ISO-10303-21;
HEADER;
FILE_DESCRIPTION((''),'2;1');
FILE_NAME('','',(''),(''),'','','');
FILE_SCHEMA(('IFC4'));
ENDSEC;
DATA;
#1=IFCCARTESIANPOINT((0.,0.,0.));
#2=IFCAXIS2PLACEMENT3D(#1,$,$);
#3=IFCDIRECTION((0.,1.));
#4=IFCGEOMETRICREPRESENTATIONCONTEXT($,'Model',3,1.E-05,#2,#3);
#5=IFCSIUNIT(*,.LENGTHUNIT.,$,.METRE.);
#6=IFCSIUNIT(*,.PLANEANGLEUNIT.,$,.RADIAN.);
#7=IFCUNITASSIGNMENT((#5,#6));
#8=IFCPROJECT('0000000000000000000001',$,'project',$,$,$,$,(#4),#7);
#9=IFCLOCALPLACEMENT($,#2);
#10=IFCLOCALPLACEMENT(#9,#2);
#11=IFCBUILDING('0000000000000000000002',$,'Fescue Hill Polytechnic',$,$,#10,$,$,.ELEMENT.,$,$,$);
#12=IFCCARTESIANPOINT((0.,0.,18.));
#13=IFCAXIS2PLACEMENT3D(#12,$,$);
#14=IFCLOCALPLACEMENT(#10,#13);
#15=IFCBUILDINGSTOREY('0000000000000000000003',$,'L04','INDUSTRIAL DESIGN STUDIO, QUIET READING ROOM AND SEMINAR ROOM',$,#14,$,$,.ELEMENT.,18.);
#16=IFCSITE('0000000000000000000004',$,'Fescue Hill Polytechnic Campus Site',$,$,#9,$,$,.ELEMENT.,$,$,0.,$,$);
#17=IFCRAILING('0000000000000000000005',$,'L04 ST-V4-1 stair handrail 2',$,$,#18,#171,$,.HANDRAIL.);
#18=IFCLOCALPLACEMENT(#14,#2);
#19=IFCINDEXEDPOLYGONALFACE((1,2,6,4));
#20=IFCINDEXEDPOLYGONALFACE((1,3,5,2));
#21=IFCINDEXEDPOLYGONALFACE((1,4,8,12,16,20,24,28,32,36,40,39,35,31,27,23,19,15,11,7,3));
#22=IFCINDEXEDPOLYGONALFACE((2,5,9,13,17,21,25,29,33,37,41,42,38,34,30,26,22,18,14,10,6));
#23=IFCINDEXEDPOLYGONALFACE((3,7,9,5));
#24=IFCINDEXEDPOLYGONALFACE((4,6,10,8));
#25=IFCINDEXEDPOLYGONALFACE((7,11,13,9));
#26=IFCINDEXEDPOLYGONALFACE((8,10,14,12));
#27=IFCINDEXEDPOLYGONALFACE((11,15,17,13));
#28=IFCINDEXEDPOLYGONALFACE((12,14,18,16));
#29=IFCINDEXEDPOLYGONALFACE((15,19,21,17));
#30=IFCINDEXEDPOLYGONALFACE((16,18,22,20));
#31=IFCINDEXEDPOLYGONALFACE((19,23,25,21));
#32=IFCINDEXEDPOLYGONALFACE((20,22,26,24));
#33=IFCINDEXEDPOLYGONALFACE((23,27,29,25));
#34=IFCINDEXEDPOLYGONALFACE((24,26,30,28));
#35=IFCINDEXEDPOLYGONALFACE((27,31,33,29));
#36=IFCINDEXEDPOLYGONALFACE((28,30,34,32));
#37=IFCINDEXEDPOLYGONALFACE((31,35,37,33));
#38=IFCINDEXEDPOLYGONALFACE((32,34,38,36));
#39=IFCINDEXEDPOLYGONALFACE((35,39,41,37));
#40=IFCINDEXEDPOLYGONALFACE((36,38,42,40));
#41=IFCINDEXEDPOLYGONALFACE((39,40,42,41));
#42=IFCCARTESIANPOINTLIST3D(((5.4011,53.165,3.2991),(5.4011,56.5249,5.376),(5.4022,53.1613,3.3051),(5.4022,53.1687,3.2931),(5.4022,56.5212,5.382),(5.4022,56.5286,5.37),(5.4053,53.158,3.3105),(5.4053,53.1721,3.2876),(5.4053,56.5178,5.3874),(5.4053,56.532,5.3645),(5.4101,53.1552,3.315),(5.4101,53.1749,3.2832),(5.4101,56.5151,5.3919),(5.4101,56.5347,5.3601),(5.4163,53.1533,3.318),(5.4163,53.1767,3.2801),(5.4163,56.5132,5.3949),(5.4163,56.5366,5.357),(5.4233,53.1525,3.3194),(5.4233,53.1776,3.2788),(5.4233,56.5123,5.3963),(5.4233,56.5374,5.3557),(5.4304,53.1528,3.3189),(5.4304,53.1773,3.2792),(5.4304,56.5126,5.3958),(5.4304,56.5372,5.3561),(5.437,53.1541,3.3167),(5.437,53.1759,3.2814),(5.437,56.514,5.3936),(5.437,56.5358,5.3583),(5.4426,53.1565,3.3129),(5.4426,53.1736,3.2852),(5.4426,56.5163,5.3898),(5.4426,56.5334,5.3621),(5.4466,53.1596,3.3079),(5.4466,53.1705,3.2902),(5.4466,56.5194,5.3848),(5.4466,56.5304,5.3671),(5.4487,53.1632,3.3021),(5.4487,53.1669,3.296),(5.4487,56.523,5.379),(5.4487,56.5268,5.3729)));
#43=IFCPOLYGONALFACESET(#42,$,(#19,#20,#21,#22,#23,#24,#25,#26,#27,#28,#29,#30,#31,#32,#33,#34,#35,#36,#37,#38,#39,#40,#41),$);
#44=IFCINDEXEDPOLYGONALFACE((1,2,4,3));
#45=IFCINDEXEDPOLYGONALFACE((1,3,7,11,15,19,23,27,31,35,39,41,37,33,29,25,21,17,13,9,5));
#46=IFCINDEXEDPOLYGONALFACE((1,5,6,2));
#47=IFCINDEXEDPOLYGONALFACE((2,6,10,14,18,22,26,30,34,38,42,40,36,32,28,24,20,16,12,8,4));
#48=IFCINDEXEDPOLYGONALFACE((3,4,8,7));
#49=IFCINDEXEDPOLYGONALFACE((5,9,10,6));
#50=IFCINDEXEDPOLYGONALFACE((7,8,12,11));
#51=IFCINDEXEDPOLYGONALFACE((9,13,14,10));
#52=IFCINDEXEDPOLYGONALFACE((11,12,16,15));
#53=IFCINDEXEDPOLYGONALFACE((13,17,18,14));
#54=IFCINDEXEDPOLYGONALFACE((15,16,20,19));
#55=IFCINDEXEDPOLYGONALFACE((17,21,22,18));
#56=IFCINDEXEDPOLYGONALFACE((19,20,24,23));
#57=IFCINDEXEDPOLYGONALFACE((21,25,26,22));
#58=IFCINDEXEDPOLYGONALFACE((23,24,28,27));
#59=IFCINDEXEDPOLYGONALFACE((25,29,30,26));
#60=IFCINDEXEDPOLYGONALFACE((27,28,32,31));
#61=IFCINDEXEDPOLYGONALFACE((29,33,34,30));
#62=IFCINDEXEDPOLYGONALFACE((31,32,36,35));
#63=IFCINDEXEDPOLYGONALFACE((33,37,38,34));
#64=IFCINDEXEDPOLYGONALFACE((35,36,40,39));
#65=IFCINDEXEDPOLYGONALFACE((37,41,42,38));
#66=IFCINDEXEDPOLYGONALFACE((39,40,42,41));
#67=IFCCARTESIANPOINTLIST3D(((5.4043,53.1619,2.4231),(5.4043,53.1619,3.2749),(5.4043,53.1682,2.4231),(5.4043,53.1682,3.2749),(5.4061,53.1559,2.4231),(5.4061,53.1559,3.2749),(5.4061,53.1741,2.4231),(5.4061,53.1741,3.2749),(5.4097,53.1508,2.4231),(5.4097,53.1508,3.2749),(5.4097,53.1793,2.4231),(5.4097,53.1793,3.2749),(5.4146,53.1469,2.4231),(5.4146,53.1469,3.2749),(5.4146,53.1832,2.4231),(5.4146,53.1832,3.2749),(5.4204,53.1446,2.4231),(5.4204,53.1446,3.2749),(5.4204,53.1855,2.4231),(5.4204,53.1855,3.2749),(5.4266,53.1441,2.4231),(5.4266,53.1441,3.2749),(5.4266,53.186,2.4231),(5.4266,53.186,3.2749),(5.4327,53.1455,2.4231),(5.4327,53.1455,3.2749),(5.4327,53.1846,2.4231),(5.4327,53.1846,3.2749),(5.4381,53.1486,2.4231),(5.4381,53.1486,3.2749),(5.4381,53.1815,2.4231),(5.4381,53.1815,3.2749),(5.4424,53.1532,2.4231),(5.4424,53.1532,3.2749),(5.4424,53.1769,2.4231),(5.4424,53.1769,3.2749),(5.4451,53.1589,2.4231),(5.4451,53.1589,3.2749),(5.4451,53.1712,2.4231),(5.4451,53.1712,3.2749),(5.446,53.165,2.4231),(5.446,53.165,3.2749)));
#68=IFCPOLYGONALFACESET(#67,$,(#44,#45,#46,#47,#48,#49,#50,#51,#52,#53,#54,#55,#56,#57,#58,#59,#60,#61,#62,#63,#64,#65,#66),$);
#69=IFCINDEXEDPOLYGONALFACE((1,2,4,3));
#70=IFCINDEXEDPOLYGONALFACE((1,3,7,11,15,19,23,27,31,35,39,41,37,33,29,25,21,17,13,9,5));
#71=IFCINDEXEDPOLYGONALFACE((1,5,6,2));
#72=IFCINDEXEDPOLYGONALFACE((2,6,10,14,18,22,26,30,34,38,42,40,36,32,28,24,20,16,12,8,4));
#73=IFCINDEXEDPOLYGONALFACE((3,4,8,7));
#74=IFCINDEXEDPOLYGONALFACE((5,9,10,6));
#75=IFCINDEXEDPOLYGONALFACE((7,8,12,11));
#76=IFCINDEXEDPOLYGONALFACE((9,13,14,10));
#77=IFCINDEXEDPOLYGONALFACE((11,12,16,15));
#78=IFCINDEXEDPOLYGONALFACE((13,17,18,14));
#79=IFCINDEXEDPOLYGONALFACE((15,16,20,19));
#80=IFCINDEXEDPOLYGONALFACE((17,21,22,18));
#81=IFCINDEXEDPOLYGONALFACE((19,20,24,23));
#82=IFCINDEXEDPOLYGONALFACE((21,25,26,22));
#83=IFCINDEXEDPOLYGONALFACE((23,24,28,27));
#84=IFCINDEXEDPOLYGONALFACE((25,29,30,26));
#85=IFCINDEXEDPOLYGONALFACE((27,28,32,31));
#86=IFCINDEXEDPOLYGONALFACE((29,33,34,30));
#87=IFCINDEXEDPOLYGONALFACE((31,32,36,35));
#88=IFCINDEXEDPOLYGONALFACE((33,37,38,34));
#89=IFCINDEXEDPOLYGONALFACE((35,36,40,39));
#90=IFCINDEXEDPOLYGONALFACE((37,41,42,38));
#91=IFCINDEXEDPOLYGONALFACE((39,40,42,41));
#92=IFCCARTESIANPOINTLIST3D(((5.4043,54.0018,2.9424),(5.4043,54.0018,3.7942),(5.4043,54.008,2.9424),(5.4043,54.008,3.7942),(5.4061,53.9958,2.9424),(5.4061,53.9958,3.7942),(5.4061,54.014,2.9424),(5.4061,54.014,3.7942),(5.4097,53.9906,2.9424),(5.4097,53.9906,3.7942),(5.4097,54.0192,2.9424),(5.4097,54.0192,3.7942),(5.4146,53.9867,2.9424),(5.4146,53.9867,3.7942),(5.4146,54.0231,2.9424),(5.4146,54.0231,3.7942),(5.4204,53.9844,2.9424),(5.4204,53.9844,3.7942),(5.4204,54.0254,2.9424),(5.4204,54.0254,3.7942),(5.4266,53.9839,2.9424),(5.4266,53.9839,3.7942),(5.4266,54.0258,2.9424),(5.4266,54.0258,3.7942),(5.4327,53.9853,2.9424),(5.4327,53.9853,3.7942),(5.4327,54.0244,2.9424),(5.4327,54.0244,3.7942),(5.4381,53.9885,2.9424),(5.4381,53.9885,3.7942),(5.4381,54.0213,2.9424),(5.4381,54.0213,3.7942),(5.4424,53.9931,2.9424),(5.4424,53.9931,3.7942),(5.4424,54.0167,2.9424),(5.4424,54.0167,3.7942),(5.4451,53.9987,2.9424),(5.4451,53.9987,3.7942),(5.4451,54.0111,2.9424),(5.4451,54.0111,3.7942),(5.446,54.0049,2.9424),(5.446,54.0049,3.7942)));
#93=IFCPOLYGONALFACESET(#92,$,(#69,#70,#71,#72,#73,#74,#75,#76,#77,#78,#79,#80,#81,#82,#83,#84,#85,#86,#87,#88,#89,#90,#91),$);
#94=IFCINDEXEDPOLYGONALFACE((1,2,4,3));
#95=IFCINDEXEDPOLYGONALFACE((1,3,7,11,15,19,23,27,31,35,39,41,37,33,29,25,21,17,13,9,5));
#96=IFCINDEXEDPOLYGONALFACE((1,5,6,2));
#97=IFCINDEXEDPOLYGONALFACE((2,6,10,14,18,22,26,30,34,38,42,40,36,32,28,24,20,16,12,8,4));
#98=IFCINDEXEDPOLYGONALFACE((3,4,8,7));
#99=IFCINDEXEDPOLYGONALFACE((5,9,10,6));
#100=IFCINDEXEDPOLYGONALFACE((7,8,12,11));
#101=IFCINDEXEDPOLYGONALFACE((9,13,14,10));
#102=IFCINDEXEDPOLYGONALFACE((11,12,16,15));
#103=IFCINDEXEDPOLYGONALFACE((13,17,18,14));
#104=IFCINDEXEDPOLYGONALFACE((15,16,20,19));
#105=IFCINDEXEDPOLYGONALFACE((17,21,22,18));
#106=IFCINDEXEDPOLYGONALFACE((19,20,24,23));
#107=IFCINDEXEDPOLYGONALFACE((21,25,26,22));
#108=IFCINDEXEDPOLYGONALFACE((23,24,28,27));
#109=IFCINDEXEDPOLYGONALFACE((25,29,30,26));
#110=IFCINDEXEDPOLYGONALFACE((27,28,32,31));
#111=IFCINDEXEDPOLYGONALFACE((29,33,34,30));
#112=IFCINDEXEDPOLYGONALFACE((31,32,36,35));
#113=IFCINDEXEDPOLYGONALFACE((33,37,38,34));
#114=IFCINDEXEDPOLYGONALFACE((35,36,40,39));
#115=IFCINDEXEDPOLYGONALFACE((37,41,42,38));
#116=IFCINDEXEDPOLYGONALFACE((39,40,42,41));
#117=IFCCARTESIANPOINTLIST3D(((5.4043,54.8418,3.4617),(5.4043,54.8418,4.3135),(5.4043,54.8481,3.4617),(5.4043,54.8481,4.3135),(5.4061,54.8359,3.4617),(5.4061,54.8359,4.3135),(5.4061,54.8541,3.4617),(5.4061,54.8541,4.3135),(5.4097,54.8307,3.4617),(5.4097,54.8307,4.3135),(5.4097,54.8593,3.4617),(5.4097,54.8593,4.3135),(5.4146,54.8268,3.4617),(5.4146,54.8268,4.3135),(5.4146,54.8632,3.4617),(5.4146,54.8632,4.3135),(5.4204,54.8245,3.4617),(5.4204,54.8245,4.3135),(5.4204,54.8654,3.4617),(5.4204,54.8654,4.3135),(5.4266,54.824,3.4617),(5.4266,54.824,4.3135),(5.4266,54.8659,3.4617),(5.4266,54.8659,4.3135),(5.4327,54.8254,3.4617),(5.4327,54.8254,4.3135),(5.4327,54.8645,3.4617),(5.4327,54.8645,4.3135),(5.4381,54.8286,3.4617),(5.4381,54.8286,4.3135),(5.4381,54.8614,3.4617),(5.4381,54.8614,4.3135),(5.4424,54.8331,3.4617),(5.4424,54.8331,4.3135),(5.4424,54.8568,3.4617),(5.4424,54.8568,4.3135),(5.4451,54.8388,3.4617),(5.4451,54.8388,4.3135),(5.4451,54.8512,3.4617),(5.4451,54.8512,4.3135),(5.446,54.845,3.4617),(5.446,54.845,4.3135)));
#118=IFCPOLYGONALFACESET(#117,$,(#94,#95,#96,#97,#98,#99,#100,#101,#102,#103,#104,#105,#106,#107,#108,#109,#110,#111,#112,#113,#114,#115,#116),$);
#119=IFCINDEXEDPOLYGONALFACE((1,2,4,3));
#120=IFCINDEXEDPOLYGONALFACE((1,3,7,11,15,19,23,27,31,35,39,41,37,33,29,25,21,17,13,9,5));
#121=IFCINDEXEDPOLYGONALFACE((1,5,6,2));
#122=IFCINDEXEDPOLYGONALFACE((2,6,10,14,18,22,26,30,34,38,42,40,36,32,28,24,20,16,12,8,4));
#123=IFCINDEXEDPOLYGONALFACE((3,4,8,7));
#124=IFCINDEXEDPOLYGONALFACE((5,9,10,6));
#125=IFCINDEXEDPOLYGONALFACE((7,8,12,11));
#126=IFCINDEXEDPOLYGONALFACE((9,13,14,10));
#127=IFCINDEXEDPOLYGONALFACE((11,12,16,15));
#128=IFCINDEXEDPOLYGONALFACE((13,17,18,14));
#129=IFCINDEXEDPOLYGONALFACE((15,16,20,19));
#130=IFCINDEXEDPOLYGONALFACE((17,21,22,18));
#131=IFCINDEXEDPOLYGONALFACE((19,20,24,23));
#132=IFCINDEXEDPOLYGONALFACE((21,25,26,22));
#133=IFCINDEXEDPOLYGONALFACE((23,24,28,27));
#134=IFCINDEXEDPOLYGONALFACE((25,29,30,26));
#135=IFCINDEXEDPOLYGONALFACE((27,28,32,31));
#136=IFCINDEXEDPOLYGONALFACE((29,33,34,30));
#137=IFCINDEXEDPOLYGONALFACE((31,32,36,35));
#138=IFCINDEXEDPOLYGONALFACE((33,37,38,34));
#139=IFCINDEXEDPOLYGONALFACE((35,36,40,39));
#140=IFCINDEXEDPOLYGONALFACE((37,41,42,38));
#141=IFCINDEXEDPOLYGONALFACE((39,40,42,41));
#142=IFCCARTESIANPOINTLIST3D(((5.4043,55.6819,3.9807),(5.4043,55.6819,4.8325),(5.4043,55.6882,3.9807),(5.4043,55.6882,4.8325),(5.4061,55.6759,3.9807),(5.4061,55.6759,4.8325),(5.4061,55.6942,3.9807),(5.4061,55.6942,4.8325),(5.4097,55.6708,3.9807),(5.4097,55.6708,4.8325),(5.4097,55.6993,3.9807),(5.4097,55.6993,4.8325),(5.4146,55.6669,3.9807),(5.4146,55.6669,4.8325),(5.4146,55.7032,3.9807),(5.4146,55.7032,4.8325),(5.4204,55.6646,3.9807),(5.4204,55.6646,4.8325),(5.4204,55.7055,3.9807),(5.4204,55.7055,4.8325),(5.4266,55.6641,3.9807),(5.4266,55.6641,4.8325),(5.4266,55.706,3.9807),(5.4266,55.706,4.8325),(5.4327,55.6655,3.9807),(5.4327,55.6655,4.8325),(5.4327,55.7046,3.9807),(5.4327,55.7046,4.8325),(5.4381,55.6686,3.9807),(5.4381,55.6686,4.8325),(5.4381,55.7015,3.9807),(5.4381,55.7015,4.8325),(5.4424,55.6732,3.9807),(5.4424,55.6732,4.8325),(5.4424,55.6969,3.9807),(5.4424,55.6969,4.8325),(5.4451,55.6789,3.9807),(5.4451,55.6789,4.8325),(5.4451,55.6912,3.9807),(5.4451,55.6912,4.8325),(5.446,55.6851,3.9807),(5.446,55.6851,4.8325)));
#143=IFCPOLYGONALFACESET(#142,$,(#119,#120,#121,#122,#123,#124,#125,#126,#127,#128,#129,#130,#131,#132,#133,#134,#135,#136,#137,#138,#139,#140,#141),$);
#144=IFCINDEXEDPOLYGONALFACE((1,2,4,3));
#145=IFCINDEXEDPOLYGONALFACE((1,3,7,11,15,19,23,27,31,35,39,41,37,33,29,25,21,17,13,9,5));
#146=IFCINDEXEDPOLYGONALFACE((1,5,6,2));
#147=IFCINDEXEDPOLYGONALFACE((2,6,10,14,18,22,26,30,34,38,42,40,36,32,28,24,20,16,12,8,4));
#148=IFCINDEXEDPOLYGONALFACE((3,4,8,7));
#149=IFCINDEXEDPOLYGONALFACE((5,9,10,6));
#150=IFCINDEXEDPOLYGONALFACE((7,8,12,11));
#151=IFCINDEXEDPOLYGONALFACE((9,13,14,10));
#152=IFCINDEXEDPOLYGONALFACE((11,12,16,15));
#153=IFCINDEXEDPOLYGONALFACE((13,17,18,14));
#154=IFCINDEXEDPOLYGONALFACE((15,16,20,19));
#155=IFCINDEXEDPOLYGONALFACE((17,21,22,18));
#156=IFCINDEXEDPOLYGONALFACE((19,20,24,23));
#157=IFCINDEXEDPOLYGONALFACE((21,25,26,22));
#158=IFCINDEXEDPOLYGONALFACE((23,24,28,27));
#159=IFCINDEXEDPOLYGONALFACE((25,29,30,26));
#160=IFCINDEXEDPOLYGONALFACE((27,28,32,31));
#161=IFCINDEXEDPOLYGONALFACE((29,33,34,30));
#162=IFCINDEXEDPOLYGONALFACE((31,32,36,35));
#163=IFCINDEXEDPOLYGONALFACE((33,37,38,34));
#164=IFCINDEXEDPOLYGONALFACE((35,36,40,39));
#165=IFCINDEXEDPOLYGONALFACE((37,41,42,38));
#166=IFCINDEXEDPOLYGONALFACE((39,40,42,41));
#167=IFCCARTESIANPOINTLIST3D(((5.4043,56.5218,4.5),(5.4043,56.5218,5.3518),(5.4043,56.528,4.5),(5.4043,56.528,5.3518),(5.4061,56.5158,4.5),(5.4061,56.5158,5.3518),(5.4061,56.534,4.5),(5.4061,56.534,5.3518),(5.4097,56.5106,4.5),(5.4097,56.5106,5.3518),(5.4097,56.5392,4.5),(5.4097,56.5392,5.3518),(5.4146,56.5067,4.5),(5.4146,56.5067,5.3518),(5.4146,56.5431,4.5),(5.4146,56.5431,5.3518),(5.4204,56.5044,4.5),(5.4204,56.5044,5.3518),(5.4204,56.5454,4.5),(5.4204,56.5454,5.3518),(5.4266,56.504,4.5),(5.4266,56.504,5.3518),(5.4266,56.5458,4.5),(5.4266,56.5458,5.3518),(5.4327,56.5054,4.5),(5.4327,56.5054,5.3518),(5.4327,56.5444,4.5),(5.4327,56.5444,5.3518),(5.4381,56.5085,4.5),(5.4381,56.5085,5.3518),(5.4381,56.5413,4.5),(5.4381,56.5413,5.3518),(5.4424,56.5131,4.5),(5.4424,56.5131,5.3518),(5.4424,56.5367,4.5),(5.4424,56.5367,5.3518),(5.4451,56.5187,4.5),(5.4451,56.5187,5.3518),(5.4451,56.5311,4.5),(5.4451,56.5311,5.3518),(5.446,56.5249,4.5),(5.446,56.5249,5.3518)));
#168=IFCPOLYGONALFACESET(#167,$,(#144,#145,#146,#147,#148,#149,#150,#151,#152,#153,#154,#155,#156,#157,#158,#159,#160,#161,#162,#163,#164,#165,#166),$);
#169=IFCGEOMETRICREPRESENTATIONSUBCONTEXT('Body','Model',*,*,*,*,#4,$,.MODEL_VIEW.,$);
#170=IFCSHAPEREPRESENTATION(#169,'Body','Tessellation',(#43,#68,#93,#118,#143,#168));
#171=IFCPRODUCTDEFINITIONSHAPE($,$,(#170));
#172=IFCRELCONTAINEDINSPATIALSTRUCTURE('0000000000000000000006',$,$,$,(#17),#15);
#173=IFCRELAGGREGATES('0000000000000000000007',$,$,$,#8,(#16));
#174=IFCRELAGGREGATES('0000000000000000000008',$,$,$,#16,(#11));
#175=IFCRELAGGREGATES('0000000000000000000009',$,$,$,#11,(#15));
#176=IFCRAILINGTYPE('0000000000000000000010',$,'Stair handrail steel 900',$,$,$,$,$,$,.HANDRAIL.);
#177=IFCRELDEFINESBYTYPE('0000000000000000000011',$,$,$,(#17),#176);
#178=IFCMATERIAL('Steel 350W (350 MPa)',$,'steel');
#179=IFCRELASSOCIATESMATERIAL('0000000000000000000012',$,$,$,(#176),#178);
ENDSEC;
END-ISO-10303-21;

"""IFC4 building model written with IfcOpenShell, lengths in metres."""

from ifc_helpers import new_model, si_unit, direction, frame, origin, origin_2d, place, context, subcontext, project, spatial, circle, extrude, material, type_object, element, save


model = new_model("IFC4")

# Units and contexts
model_context = context("Model", 3, precision=1e-05, world=origin(), true_north=direction((0.0, 1.0)))
body_context = subcontext(model_context, "Body", "Model", "MODEL_VIEW")
ifc_project = project(units=[si_unit("LENGTHUNIT", "METRE"), si_unit("PLANEANGLEUNIT", "RADIAN")], contexts=[model_context])

# Site, building, storey
site_placement = place(None, origin())
site = spatial("IfcSite", under=ifc_project, at=site_placement, Name="Fescue Hill Polytechnic Campus Site", CompositionType="ELEMENT", RefElevation=0.0)
building_placement = place(site_placement, origin())
building = spatial("IfcBuilding", under=site, at=building_placement, Name="Fescue Hill Polytechnic", CompositionType="ELEMENT")
storey_placement = place(building_placement, frame((0.0, 0.0, 18.0)))
storey = spatial("IfcBuildingStorey", under=building, at=storey_placement, Name="L04", Description="INDUSTRIAL DESIGN STUDIO, QUIET READING ROOM AND SEMINAR ROOM", CompositionType="ELEMENT", Elevation=18.0)

# Railing
ifc_material_1 = material(Name="Steel 350W (350 MPa)", Category="steel")
railing_type_1 = type_object("IfcRailingType", Name="Stair handrail steel 900", PredefinedType="HANDRAIL", material=ifc_material_1)
railing_1_placement = place(storey_placement, frame((5.425, 53.165, 2.4231)))
element("IfcRailing", 1, at=railing_1_placement, inside=storey, type_object=railing_type_1, Name="L04 ST-V4-1 stair handrail 2", PredefinedType="HANDRAIL", context=body_context, shape_type="SweptSolid", body=[
    extrude(circle(Radius=0.0239, at=origin_2d()), frame((0.0, 0.0, 0.876), z_axis=(0.0, 0.850606, 0.525803), x_axis=(-1.0, 0.0, 0.0)), (0.0, 0.0, 1.0), 3.95),
    extrude(circle(Radius=0.021, at=origin_2d()), origin(), (0.0, 0.0, 1.0), 0.8518),
    extrude(circle(Radius=0.021, at=origin_2d()), frame((0.0, 0.8398, 0.5193)), (0.0, 0.0, 1.0), 0.8518),
    extrude(circle(Radius=0.021, at=origin_2d()), frame((0.0, 1.6799, 1.0386)), (0.0, 0.0, 1.0), 0.8518),
    extrude(circle(Radius=0.021, at=origin_2d()), frame((0.0, 2.52, 1.5576)), (0.0, 0.0, 1.0), 0.8518),
    extrude(circle(Radius=0.021, at=origin_2d()), frame((0.0, 3.3599, 2.0769)), (0.0, 0.0, 1.0), 0.8518),
])

save(model, "model.ifc")
